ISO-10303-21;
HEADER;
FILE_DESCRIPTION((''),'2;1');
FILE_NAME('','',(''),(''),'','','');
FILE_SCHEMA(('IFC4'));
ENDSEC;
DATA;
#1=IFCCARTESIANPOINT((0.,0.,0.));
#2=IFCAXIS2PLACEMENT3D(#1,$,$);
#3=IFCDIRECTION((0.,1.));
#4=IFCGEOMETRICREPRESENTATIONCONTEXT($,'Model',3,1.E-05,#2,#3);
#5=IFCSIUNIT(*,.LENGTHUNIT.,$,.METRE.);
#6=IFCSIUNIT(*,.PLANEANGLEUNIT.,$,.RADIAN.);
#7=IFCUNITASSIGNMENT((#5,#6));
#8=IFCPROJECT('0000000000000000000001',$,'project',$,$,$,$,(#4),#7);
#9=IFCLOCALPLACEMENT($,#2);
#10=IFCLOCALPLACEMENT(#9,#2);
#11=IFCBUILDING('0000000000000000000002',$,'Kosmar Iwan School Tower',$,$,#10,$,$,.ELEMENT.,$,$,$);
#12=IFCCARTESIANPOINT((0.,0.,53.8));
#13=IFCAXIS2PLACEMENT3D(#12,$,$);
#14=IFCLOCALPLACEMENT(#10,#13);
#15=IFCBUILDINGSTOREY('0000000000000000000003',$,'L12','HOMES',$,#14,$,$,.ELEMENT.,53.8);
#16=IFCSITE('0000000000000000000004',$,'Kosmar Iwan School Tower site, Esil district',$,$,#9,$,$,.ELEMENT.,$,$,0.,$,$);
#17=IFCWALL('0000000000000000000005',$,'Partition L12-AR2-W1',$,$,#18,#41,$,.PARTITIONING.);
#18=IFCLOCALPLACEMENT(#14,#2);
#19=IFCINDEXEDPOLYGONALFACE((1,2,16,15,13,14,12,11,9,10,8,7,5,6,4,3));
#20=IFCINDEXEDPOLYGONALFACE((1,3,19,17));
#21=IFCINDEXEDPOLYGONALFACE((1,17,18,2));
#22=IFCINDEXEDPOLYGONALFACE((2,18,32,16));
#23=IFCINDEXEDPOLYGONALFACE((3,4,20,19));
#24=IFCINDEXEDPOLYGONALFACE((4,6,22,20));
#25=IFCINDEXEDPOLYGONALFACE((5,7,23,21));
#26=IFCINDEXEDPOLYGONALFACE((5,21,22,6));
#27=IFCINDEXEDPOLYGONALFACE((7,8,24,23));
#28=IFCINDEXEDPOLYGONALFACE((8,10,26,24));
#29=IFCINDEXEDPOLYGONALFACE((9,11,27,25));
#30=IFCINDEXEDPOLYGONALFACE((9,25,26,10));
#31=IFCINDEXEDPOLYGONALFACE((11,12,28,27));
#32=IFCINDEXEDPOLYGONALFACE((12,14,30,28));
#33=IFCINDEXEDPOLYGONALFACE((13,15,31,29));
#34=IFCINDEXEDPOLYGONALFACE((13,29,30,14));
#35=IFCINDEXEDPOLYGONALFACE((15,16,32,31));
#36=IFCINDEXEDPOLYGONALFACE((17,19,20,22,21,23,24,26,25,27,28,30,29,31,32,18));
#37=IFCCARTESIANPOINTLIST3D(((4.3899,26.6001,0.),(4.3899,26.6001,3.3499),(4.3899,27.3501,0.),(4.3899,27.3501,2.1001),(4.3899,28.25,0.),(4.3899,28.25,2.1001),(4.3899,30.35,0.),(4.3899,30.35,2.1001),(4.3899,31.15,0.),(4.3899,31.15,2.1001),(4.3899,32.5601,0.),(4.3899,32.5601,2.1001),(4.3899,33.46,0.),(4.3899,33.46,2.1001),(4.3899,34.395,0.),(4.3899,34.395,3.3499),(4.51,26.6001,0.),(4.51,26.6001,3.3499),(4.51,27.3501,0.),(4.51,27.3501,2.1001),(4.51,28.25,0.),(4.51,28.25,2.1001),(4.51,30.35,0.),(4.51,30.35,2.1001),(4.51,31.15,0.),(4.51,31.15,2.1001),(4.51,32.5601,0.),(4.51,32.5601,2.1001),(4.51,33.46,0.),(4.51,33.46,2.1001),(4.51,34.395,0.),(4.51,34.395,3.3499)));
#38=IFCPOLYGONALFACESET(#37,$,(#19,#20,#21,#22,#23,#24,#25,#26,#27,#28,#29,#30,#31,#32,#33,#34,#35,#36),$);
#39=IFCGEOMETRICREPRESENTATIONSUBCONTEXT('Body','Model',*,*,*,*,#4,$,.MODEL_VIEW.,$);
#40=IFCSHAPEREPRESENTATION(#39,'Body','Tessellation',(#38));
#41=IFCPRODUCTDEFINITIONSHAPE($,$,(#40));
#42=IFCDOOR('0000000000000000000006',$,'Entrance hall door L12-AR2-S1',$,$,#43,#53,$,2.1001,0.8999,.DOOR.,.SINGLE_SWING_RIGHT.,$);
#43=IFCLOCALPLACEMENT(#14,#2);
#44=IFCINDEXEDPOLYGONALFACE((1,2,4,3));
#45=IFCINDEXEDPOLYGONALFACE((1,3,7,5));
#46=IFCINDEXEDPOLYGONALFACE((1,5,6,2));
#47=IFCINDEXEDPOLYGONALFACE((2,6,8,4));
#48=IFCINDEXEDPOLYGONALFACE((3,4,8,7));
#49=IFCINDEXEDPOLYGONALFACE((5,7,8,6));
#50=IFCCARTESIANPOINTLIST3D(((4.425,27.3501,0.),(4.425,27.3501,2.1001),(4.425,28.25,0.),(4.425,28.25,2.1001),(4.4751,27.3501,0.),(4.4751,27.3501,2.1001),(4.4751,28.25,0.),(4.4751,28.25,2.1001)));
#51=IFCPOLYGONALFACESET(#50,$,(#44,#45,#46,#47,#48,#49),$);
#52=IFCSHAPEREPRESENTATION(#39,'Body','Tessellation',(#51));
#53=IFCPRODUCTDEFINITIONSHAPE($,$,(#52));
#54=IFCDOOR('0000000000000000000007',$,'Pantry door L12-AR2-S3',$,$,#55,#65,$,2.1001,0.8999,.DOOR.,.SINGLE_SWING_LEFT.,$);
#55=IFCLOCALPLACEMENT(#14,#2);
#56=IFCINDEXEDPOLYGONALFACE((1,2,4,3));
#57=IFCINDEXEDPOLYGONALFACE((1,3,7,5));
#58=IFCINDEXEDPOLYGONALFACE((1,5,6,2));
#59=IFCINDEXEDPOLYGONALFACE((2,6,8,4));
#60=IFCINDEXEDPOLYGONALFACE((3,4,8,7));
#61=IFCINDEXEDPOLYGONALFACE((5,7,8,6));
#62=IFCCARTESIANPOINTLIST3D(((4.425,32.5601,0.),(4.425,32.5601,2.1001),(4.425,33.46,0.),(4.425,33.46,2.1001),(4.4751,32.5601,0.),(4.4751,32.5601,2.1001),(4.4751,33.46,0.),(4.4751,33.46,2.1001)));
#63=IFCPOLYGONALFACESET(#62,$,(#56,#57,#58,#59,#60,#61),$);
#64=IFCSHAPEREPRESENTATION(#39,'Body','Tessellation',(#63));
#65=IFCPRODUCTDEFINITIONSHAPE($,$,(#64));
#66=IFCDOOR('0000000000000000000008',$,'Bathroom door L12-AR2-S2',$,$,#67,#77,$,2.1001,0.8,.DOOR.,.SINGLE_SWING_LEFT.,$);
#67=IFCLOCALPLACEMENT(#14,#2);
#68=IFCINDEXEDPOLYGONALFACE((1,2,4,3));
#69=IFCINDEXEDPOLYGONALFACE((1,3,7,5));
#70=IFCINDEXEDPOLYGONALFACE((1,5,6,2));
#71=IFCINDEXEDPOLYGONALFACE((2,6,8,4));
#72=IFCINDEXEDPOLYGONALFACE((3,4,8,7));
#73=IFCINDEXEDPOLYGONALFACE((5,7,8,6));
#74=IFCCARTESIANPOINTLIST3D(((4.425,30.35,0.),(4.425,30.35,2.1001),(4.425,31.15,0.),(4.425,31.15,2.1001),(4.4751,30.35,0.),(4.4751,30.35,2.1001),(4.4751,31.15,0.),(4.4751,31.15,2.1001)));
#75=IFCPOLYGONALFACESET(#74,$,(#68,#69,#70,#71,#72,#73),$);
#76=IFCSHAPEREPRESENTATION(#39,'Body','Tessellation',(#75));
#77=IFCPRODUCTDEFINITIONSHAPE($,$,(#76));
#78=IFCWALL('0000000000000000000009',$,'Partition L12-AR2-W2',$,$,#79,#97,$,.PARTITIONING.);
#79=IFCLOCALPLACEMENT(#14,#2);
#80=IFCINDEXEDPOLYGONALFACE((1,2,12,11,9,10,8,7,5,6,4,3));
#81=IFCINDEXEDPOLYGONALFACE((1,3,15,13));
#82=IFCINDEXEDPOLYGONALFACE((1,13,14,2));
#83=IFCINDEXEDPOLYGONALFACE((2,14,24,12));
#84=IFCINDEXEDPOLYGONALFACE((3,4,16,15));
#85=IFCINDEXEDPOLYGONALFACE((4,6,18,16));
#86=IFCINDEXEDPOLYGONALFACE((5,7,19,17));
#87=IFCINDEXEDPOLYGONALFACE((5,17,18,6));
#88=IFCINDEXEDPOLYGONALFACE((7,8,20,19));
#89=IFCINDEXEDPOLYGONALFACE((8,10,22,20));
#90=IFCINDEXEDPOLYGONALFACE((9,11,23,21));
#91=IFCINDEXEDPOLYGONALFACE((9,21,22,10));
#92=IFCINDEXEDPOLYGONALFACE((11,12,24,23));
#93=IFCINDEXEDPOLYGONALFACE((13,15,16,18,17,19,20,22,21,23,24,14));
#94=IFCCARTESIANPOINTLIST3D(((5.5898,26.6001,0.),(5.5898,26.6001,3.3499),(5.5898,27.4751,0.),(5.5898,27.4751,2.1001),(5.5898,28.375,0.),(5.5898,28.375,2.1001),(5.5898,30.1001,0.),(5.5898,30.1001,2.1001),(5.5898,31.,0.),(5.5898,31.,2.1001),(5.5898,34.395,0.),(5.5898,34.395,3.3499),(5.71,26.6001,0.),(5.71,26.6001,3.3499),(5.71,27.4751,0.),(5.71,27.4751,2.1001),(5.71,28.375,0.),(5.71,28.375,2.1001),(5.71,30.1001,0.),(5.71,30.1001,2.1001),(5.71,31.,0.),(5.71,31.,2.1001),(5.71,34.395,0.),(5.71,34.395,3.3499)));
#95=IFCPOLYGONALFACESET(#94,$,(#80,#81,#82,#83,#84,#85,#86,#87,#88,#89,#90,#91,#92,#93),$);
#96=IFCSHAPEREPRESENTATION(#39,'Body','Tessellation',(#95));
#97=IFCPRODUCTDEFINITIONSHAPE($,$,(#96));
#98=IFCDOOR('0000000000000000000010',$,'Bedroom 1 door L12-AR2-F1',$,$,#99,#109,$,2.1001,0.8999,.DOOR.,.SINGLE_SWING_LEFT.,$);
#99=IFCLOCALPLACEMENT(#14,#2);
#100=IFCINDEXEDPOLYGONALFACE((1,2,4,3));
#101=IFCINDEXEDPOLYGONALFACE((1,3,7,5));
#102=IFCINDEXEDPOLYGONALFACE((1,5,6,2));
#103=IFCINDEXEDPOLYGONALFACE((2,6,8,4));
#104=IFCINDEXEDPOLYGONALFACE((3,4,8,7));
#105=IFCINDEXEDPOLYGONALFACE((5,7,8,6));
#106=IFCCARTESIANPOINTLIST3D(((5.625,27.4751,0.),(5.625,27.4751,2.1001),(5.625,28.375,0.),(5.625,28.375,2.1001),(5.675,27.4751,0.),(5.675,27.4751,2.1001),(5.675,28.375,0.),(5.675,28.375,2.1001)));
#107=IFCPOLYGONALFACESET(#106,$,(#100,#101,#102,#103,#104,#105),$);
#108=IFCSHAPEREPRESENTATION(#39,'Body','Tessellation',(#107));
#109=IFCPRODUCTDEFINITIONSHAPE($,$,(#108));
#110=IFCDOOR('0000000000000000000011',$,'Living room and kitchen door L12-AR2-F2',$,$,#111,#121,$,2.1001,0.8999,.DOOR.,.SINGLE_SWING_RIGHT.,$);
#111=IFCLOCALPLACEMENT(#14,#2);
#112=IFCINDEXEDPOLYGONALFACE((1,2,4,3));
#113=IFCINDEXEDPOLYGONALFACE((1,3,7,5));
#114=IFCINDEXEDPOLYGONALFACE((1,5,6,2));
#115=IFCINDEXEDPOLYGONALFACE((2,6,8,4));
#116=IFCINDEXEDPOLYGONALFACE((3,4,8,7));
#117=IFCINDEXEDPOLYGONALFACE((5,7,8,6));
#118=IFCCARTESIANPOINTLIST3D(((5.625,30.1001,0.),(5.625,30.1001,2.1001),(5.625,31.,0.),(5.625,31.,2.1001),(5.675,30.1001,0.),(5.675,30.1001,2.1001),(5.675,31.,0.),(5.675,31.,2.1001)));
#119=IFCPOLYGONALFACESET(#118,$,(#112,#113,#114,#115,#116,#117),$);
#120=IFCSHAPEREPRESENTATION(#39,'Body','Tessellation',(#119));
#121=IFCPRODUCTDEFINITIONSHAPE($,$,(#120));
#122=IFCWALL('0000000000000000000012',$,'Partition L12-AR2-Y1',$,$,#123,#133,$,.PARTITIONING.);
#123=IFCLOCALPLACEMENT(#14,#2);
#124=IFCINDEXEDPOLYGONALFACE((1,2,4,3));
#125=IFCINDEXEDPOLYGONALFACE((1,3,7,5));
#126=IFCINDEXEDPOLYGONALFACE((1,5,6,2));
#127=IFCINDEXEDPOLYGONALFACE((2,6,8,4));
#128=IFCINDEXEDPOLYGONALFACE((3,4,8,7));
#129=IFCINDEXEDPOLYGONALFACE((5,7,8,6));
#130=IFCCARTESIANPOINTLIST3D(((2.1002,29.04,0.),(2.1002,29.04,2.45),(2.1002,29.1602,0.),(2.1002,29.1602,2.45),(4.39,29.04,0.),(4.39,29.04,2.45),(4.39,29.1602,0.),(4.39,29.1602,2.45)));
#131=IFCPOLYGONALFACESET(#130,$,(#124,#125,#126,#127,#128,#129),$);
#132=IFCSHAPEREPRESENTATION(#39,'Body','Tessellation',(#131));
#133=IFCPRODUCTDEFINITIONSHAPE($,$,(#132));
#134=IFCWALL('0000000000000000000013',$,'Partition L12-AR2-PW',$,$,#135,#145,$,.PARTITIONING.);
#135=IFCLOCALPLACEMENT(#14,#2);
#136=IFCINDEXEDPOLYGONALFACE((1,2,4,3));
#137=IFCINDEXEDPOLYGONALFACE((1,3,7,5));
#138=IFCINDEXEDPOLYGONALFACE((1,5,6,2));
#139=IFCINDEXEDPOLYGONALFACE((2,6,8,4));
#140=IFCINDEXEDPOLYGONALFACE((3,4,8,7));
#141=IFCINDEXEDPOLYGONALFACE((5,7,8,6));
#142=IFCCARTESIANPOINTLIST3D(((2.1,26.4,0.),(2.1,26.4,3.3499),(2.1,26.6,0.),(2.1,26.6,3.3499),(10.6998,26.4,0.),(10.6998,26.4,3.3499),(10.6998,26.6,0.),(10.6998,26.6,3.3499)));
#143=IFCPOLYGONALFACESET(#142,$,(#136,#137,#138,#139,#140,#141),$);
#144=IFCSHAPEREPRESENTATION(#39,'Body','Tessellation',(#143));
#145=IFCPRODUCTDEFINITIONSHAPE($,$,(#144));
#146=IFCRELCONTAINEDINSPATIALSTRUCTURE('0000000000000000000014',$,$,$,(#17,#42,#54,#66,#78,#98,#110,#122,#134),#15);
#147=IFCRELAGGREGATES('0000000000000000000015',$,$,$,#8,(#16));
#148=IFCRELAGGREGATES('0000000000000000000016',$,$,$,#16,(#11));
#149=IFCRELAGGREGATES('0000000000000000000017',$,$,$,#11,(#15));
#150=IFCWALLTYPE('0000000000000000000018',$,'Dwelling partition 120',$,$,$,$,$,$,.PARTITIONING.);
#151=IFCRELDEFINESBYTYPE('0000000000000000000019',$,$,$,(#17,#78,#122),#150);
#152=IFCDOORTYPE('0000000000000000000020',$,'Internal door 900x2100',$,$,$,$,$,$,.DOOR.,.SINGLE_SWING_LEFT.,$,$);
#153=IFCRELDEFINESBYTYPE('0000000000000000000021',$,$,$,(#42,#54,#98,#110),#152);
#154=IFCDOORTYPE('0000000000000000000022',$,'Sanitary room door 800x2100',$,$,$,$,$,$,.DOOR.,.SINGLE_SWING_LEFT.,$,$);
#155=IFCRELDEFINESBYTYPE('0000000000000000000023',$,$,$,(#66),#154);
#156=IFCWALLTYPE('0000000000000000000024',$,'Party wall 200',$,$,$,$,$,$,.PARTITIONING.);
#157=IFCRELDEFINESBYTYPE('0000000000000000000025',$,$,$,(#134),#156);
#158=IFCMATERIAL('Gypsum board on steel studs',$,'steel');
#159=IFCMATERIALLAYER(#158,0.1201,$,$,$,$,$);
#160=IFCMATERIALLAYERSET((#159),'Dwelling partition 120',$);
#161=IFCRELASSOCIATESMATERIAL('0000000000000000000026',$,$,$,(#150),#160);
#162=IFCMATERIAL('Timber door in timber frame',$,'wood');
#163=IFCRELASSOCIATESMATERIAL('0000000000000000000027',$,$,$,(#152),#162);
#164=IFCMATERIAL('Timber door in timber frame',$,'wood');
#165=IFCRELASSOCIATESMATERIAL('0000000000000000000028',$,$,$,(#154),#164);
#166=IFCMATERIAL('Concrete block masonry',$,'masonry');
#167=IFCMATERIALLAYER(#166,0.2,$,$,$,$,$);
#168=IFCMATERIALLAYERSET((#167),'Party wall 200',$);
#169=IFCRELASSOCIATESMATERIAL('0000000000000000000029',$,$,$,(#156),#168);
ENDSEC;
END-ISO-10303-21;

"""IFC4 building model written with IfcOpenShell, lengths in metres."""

from ifc_helpers import new_model, si_unit, direction, frame, frame_2d, origin, place, context, subcontext, project, spatial, rectangle, extrude, material, layer, layer_set, type_object, element, fill, save


model = new_model("IFC4")

# Units and contexts
model_context = context("Model", 3, precision=1e-05, world=origin(), true_north=direction((0.0, 1.0)))
body_context = subcontext(model_context, "Body", "Model", "MODEL_VIEW")
ifc_project = project(units=[si_unit("LENGTHUNIT", "METRE"), si_unit("PLANEANGLEUNIT", "RADIAN")], contexts=[model_context])

# Site, building, storey
site_placement = place(None, origin())
site = spatial("IfcSite", under=ifc_project, at=site_placement, Name="Kosmar Iwan School Tower site, Esil district", CompositionType="ELEMENT", RefElevation=0.0)
building_placement = place(site_placement, origin())
building = spatial("IfcBuilding", under=site, at=building_placement, Name="Kosmar Iwan School Tower", CompositionType="ELEMENT")
storey_placement = place(building_placement, frame((0.0, 0.0, 53.8)))
storey = spatial("IfcBuildingStorey", under=building, at=storey_placement, Name="L12", Description="HOMES", CompositionType="ELEMENT", Elevation=53.8)

# Shared definitions
ifc_material_1 = material(Name="Gypsum board on steel studs", Category="steel")
ifc_layer_1 = layer(ifc_material_1, 0.1201)
ifc_layer_set_1 = layer_set([ifc_layer_1], Name="Dwelling partition 120")
wall_type_1 = type_object("IfcWallType", Name="Dwelling partition 120", PredefinedType="PARTITIONING", material=ifc_layer_set_1)

# Walls, openings, doors
wall_1_placement = place(storey_placement, frame((4.45, 26.6001, 0.0), z_axis=(0.0, 0.0, 1.0), x_axis=(0.0, 1.0, 0.0)))
wall_1 = element("IfcWall", 1, at=wall_1_placement, inside=storey, type_object=wall_type_1, Name="Partition L12-AR2-W1", PredefinedType="PARTITIONING", context=body_context, shape_type="SweptSolid", body=[
    extrude(rectangle(XDim=7.7949, YDim=0.1201, at=frame_2d((3.8975, 0.0))), origin(), (0.0, 0.0, 1.0), 3.3499),
])
opening_1_placement = place(wall_1_placement, frame((0.75, 0.0, 0.0)))
opening_1 = element("IfcOpeningElement", 2, at=opening_1_placement, cuts=wall_1, PredefinedType="OPENING", context=body_context, shape_type="SweptSolid", body=[
    extrude(rectangle(XDim=0.8999, YDim=2.1001, at=frame_2d((0.45, 1.05))), frame((0.0, 0.072, 0.0), z_axis=(0.0, -1.0, 0.0), x_axis=(1.0, 0.0, 0.0)), (0.0, 0.0, 1.0), 0.144),
])
opening_2_placement = place(wall_1_placement, frame((3.75, 0.0, 0.0)))
opening_2 = element("IfcOpeningElement", 3, at=opening_2_placement, cuts=wall_1, PredefinedType="OPENING", context=body_context, shape_type="SweptSolid", body=[
    extrude(rectangle(XDim=0.8, YDim=2.1001, at=frame_2d((0.3999, 1.05))), frame((0.0, 0.072, 0.0), z_axis=(0.0, -1.0, 0.0), x_axis=(1.0, 0.0, 0.0)), (0.0, 0.0, 1.0), 0.144),
])
opening_3_placement = place(wall_1_placement, frame((5.96, 0.0, 0.0)))
opening_3 = element("IfcOpeningElement", 4, at=opening_3_placement, cuts=wall_1, PredefinedType="OPENING", context=body_context, shape_type="SweptSolid", body=[
    extrude(rectangle(XDim=0.8999, YDim=2.1001, at=frame_2d((0.45, 1.05))), frame((0.0, 0.072, 0.0), z_axis=(0.0, -1.0, 0.0), x_axis=(1.0, 0.0, 0.0)), (0.0, 0.0, 1.0), 0.144),
])
ifc_material_2 = material(Name="Timber door in timber frame", Category="wood")
door_type_1 = type_object("IfcDoorType", Name="Internal door 900x2100", OperationType="SINGLE_SWING_LEFT", PredefinedType="DOOR", material=ifc_material_2)
door_1_placement = place(opening_1_placement, origin())
door_1 = element("IfcDoor", 5, at=door_1_placement, inside=storey, type_object=door_type_1, Name="Entrance hall door L12-AR2-S1", OperationType="SINGLE_SWING_RIGHT", OverallHeight=2.1001, OverallWidth=0.8999, PredefinedType="DOOR", context=body_context, shape_type="SweptSolid", body=[
    extrude(rectangle(XDim=0.8999, YDim=2.1001, at=frame_2d((0.45, 1.05))), frame((0.0, 0.0249, 0.0), z_axis=(0.0, -1.0, 0.0), x_axis=(1.0, 0.0, 0.0)), (0.0, 0.0, 1.0), 0.05),
])
fill(opening_1, door_1)
door_2_placement = place(opening_3_placement, origin())
door_2 = element("IfcDoor", 6, at=door_2_placement, inside=storey, type_object=door_type_1, Name="Pantry door L12-AR2-S3", OperationType="SINGLE_SWING_LEFT", OverallHeight=2.1001, OverallWidth=0.8999, PredefinedType="DOOR", context=body_context, shape_type="SweptSolid", body=[
    extrude(rectangle(XDim=0.8999, YDim=2.1001, at=frame_2d((0.45, 1.05))), frame((0.0, 0.0249, 0.0), z_axis=(0.0, -1.0, 0.0), x_axis=(1.0, 0.0, 0.0)), (0.0, 0.0, 1.0), 0.05),
])
fill(opening_3, door_2)
ifc_material_3 = material(Name="Timber door in timber frame", Category="wood")
door_type_2 = type_object("IfcDoorType", Name="Sanitary room door 800x2100", OperationType="SINGLE_SWING_LEFT", PredefinedType="DOOR", material=ifc_material_3)
door_3_placement = place(opening_2_placement, origin())
door_3 = element("IfcDoor", 7, at=door_3_placement, inside=storey, type_object=door_type_2, Name="Bathroom door L12-AR2-S2", OperationType="SINGLE_SWING_LEFT", OverallHeight=2.1001, OverallWidth=0.8, PredefinedType="DOOR", context=body_context, shape_type="SweptSolid", body=[
    extrude(rectangle(XDim=0.8, YDim=2.1001, at=frame_2d((0.3999, 1.05))), frame((0.0, 0.0249, 0.0), z_axis=(0.0, -1.0, 0.0), x_axis=(1.0, 0.0, 0.0)), (0.0, 0.0, 1.0), 0.05),
])
fill(opening_2, door_3)
wall_2_placement = place(storey_placement, frame((5.6499, 26.6001, 0.0), z_axis=(0.0, 0.0, 1.0), x_axis=(0.0, 1.0, 0.0)))
wall_2 = element("IfcWall", 8, at=wall_2_placement, inside=storey, type_object=wall_type_1, Name="Partition L12-AR2-W2", PredefinedType="PARTITIONING", context=body_context, shape_type="SweptSolid", body=[
    extrude(rectangle(XDim=7.7949, YDim=0.1201, at=frame_2d((3.8975, 0.0))), origin(), (0.0, 0.0, 1.0), 3.3499),
])
opening_4_placement = place(wall_2_placement, frame((0.875, 0.0, 0.0)))
opening_4 = element("IfcOpeningElement", 9, at=opening_4_placement, cuts=wall_2, PredefinedType="OPENING", context=body_context, shape_type="SweptSolid", body=[
    extrude(rectangle(XDim=0.8999, YDim=2.1001, at=frame_2d((0.45, 1.05))), frame((0.0, 0.072, 0.0), z_axis=(0.0, -1.0, 0.0), x_axis=(1.0, 0.0, 0.0)), (0.0, 0.0, 1.0), 0.144),
])
opening_5_placement = place(wall_2_placement, frame((3.5, 0.0, 0.0)))
opening_5 = element("IfcOpeningElement", 10, at=opening_5_placement, cuts=wall_2, PredefinedType="OPENING", context=body_context, shape_type="SweptSolid", body=[
    extrude(rectangle(XDim=0.8999, YDim=2.1001, at=frame_2d((0.45, 1.05))), frame((0.0, 0.072, 0.0), z_axis=(0.0, -1.0, 0.0), x_axis=(1.0, 0.0, 0.0)), (0.0, 0.0, 1.0), 0.144),
])
door_4_placement = place(opening_4_placement, origin())
door_4 = element("IfcDoor", 11, at=door_4_placement, inside=storey, type_object=door_type_1, Name="Bedroom 1 door L12-AR2-F1", OperationType="SINGLE_SWING_LEFT", OverallHeight=2.1001, OverallWidth=0.8999, PredefinedType="DOOR", context=body_context, shape_type="SweptSolid", body=[
    extrude(rectangle(XDim=0.8999, YDim=2.1001, at=frame_2d((0.45, 1.05))), frame((0.0, 0.0249, 0.0), z_axis=(0.0, -1.0, 0.0), x_axis=(1.0, 0.0, 0.0)), (0.0, 0.0, 1.0), 0.05),
])
fill(opening_4, door_4)
door_5_placement = place(opening_5_placement, origin())
door_5 = element("IfcDoor", 12, at=door_5_placement, inside=storey, type_object=door_type_1, Name="Living room and kitchen door L12-AR2-F2", OperationType="SINGLE_SWING_RIGHT", OverallHeight=2.1001, OverallWidth=0.8999, PredefinedType="DOOR", context=body_context, shape_type="SweptSolid", body=[
    extrude(rectangle(XDim=0.8999, YDim=2.1001, at=frame_2d((0.45, 1.05))), frame((0.0, 0.0249, 0.0), z_axis=(0.0, -1.0, 0.0), x_axis=(1.0, 0.0, 0.0)), (0.0, 0.0, 1.0), 0.05),
])
fill(opening_5, door_5)

# Walls
wall_3_placement = place(storey_placement, frame((2.1001, 29.1001, 0.0), z_axis=(0.0, 0.0, 1.0), x_axis=(1.0, 0.0, 0.0)))
element("IfcWall", 13, at=wall_3_placement, inside=storey, type_object=wall_type_1, Name="Partition L12-AR2-Y1", PredefinedType="PARTITIONING", context=body_context, shape_type="SweptSolid", body=[
    extrude(rectangle(XDim=2.2898, YDim=0.1201, at=frame_2d((1.145, 0.0))), origin(), (0.0, 0.0, 1.0), 2.45),
])
ifc_material_4 = material(Name="Concrete block masonry", Category="masonry")
ifc_layer_2 = layer(ifc_material_4, 0.2)
ifc_layer_set_2 = layer_set([ifc_layer_2], Name="Party wall 200")
wall_type_2 = type_object("IfcWallType", Name="Party wall 200", PredefinedType="PARTITIONING", material=ifc_layer_set_2)
wall_4_placement = place(storey_placement, frame((2.1001, 26.5, 0.0), z_axis=(0.0, 0.0, 1.0), x_axis=(1.0, 0.0, 0.0)))
element("IfcWall", 14, at=wall_4_placement, inside=storey, type_object=wall_type_2, Name="Partition L12-AR2-PW", PredefinedType="PARTITIONING", context=body_context, shape_type="SweptSolid", body=[
    extrude(rectangle(XDim=8.5999, YDim=0.2, at=frame_2d((4.2998, 0.0))), origin(), (0.0, 0.0, 1.0), 3.3499),
])

save(model, "model.ifc")
